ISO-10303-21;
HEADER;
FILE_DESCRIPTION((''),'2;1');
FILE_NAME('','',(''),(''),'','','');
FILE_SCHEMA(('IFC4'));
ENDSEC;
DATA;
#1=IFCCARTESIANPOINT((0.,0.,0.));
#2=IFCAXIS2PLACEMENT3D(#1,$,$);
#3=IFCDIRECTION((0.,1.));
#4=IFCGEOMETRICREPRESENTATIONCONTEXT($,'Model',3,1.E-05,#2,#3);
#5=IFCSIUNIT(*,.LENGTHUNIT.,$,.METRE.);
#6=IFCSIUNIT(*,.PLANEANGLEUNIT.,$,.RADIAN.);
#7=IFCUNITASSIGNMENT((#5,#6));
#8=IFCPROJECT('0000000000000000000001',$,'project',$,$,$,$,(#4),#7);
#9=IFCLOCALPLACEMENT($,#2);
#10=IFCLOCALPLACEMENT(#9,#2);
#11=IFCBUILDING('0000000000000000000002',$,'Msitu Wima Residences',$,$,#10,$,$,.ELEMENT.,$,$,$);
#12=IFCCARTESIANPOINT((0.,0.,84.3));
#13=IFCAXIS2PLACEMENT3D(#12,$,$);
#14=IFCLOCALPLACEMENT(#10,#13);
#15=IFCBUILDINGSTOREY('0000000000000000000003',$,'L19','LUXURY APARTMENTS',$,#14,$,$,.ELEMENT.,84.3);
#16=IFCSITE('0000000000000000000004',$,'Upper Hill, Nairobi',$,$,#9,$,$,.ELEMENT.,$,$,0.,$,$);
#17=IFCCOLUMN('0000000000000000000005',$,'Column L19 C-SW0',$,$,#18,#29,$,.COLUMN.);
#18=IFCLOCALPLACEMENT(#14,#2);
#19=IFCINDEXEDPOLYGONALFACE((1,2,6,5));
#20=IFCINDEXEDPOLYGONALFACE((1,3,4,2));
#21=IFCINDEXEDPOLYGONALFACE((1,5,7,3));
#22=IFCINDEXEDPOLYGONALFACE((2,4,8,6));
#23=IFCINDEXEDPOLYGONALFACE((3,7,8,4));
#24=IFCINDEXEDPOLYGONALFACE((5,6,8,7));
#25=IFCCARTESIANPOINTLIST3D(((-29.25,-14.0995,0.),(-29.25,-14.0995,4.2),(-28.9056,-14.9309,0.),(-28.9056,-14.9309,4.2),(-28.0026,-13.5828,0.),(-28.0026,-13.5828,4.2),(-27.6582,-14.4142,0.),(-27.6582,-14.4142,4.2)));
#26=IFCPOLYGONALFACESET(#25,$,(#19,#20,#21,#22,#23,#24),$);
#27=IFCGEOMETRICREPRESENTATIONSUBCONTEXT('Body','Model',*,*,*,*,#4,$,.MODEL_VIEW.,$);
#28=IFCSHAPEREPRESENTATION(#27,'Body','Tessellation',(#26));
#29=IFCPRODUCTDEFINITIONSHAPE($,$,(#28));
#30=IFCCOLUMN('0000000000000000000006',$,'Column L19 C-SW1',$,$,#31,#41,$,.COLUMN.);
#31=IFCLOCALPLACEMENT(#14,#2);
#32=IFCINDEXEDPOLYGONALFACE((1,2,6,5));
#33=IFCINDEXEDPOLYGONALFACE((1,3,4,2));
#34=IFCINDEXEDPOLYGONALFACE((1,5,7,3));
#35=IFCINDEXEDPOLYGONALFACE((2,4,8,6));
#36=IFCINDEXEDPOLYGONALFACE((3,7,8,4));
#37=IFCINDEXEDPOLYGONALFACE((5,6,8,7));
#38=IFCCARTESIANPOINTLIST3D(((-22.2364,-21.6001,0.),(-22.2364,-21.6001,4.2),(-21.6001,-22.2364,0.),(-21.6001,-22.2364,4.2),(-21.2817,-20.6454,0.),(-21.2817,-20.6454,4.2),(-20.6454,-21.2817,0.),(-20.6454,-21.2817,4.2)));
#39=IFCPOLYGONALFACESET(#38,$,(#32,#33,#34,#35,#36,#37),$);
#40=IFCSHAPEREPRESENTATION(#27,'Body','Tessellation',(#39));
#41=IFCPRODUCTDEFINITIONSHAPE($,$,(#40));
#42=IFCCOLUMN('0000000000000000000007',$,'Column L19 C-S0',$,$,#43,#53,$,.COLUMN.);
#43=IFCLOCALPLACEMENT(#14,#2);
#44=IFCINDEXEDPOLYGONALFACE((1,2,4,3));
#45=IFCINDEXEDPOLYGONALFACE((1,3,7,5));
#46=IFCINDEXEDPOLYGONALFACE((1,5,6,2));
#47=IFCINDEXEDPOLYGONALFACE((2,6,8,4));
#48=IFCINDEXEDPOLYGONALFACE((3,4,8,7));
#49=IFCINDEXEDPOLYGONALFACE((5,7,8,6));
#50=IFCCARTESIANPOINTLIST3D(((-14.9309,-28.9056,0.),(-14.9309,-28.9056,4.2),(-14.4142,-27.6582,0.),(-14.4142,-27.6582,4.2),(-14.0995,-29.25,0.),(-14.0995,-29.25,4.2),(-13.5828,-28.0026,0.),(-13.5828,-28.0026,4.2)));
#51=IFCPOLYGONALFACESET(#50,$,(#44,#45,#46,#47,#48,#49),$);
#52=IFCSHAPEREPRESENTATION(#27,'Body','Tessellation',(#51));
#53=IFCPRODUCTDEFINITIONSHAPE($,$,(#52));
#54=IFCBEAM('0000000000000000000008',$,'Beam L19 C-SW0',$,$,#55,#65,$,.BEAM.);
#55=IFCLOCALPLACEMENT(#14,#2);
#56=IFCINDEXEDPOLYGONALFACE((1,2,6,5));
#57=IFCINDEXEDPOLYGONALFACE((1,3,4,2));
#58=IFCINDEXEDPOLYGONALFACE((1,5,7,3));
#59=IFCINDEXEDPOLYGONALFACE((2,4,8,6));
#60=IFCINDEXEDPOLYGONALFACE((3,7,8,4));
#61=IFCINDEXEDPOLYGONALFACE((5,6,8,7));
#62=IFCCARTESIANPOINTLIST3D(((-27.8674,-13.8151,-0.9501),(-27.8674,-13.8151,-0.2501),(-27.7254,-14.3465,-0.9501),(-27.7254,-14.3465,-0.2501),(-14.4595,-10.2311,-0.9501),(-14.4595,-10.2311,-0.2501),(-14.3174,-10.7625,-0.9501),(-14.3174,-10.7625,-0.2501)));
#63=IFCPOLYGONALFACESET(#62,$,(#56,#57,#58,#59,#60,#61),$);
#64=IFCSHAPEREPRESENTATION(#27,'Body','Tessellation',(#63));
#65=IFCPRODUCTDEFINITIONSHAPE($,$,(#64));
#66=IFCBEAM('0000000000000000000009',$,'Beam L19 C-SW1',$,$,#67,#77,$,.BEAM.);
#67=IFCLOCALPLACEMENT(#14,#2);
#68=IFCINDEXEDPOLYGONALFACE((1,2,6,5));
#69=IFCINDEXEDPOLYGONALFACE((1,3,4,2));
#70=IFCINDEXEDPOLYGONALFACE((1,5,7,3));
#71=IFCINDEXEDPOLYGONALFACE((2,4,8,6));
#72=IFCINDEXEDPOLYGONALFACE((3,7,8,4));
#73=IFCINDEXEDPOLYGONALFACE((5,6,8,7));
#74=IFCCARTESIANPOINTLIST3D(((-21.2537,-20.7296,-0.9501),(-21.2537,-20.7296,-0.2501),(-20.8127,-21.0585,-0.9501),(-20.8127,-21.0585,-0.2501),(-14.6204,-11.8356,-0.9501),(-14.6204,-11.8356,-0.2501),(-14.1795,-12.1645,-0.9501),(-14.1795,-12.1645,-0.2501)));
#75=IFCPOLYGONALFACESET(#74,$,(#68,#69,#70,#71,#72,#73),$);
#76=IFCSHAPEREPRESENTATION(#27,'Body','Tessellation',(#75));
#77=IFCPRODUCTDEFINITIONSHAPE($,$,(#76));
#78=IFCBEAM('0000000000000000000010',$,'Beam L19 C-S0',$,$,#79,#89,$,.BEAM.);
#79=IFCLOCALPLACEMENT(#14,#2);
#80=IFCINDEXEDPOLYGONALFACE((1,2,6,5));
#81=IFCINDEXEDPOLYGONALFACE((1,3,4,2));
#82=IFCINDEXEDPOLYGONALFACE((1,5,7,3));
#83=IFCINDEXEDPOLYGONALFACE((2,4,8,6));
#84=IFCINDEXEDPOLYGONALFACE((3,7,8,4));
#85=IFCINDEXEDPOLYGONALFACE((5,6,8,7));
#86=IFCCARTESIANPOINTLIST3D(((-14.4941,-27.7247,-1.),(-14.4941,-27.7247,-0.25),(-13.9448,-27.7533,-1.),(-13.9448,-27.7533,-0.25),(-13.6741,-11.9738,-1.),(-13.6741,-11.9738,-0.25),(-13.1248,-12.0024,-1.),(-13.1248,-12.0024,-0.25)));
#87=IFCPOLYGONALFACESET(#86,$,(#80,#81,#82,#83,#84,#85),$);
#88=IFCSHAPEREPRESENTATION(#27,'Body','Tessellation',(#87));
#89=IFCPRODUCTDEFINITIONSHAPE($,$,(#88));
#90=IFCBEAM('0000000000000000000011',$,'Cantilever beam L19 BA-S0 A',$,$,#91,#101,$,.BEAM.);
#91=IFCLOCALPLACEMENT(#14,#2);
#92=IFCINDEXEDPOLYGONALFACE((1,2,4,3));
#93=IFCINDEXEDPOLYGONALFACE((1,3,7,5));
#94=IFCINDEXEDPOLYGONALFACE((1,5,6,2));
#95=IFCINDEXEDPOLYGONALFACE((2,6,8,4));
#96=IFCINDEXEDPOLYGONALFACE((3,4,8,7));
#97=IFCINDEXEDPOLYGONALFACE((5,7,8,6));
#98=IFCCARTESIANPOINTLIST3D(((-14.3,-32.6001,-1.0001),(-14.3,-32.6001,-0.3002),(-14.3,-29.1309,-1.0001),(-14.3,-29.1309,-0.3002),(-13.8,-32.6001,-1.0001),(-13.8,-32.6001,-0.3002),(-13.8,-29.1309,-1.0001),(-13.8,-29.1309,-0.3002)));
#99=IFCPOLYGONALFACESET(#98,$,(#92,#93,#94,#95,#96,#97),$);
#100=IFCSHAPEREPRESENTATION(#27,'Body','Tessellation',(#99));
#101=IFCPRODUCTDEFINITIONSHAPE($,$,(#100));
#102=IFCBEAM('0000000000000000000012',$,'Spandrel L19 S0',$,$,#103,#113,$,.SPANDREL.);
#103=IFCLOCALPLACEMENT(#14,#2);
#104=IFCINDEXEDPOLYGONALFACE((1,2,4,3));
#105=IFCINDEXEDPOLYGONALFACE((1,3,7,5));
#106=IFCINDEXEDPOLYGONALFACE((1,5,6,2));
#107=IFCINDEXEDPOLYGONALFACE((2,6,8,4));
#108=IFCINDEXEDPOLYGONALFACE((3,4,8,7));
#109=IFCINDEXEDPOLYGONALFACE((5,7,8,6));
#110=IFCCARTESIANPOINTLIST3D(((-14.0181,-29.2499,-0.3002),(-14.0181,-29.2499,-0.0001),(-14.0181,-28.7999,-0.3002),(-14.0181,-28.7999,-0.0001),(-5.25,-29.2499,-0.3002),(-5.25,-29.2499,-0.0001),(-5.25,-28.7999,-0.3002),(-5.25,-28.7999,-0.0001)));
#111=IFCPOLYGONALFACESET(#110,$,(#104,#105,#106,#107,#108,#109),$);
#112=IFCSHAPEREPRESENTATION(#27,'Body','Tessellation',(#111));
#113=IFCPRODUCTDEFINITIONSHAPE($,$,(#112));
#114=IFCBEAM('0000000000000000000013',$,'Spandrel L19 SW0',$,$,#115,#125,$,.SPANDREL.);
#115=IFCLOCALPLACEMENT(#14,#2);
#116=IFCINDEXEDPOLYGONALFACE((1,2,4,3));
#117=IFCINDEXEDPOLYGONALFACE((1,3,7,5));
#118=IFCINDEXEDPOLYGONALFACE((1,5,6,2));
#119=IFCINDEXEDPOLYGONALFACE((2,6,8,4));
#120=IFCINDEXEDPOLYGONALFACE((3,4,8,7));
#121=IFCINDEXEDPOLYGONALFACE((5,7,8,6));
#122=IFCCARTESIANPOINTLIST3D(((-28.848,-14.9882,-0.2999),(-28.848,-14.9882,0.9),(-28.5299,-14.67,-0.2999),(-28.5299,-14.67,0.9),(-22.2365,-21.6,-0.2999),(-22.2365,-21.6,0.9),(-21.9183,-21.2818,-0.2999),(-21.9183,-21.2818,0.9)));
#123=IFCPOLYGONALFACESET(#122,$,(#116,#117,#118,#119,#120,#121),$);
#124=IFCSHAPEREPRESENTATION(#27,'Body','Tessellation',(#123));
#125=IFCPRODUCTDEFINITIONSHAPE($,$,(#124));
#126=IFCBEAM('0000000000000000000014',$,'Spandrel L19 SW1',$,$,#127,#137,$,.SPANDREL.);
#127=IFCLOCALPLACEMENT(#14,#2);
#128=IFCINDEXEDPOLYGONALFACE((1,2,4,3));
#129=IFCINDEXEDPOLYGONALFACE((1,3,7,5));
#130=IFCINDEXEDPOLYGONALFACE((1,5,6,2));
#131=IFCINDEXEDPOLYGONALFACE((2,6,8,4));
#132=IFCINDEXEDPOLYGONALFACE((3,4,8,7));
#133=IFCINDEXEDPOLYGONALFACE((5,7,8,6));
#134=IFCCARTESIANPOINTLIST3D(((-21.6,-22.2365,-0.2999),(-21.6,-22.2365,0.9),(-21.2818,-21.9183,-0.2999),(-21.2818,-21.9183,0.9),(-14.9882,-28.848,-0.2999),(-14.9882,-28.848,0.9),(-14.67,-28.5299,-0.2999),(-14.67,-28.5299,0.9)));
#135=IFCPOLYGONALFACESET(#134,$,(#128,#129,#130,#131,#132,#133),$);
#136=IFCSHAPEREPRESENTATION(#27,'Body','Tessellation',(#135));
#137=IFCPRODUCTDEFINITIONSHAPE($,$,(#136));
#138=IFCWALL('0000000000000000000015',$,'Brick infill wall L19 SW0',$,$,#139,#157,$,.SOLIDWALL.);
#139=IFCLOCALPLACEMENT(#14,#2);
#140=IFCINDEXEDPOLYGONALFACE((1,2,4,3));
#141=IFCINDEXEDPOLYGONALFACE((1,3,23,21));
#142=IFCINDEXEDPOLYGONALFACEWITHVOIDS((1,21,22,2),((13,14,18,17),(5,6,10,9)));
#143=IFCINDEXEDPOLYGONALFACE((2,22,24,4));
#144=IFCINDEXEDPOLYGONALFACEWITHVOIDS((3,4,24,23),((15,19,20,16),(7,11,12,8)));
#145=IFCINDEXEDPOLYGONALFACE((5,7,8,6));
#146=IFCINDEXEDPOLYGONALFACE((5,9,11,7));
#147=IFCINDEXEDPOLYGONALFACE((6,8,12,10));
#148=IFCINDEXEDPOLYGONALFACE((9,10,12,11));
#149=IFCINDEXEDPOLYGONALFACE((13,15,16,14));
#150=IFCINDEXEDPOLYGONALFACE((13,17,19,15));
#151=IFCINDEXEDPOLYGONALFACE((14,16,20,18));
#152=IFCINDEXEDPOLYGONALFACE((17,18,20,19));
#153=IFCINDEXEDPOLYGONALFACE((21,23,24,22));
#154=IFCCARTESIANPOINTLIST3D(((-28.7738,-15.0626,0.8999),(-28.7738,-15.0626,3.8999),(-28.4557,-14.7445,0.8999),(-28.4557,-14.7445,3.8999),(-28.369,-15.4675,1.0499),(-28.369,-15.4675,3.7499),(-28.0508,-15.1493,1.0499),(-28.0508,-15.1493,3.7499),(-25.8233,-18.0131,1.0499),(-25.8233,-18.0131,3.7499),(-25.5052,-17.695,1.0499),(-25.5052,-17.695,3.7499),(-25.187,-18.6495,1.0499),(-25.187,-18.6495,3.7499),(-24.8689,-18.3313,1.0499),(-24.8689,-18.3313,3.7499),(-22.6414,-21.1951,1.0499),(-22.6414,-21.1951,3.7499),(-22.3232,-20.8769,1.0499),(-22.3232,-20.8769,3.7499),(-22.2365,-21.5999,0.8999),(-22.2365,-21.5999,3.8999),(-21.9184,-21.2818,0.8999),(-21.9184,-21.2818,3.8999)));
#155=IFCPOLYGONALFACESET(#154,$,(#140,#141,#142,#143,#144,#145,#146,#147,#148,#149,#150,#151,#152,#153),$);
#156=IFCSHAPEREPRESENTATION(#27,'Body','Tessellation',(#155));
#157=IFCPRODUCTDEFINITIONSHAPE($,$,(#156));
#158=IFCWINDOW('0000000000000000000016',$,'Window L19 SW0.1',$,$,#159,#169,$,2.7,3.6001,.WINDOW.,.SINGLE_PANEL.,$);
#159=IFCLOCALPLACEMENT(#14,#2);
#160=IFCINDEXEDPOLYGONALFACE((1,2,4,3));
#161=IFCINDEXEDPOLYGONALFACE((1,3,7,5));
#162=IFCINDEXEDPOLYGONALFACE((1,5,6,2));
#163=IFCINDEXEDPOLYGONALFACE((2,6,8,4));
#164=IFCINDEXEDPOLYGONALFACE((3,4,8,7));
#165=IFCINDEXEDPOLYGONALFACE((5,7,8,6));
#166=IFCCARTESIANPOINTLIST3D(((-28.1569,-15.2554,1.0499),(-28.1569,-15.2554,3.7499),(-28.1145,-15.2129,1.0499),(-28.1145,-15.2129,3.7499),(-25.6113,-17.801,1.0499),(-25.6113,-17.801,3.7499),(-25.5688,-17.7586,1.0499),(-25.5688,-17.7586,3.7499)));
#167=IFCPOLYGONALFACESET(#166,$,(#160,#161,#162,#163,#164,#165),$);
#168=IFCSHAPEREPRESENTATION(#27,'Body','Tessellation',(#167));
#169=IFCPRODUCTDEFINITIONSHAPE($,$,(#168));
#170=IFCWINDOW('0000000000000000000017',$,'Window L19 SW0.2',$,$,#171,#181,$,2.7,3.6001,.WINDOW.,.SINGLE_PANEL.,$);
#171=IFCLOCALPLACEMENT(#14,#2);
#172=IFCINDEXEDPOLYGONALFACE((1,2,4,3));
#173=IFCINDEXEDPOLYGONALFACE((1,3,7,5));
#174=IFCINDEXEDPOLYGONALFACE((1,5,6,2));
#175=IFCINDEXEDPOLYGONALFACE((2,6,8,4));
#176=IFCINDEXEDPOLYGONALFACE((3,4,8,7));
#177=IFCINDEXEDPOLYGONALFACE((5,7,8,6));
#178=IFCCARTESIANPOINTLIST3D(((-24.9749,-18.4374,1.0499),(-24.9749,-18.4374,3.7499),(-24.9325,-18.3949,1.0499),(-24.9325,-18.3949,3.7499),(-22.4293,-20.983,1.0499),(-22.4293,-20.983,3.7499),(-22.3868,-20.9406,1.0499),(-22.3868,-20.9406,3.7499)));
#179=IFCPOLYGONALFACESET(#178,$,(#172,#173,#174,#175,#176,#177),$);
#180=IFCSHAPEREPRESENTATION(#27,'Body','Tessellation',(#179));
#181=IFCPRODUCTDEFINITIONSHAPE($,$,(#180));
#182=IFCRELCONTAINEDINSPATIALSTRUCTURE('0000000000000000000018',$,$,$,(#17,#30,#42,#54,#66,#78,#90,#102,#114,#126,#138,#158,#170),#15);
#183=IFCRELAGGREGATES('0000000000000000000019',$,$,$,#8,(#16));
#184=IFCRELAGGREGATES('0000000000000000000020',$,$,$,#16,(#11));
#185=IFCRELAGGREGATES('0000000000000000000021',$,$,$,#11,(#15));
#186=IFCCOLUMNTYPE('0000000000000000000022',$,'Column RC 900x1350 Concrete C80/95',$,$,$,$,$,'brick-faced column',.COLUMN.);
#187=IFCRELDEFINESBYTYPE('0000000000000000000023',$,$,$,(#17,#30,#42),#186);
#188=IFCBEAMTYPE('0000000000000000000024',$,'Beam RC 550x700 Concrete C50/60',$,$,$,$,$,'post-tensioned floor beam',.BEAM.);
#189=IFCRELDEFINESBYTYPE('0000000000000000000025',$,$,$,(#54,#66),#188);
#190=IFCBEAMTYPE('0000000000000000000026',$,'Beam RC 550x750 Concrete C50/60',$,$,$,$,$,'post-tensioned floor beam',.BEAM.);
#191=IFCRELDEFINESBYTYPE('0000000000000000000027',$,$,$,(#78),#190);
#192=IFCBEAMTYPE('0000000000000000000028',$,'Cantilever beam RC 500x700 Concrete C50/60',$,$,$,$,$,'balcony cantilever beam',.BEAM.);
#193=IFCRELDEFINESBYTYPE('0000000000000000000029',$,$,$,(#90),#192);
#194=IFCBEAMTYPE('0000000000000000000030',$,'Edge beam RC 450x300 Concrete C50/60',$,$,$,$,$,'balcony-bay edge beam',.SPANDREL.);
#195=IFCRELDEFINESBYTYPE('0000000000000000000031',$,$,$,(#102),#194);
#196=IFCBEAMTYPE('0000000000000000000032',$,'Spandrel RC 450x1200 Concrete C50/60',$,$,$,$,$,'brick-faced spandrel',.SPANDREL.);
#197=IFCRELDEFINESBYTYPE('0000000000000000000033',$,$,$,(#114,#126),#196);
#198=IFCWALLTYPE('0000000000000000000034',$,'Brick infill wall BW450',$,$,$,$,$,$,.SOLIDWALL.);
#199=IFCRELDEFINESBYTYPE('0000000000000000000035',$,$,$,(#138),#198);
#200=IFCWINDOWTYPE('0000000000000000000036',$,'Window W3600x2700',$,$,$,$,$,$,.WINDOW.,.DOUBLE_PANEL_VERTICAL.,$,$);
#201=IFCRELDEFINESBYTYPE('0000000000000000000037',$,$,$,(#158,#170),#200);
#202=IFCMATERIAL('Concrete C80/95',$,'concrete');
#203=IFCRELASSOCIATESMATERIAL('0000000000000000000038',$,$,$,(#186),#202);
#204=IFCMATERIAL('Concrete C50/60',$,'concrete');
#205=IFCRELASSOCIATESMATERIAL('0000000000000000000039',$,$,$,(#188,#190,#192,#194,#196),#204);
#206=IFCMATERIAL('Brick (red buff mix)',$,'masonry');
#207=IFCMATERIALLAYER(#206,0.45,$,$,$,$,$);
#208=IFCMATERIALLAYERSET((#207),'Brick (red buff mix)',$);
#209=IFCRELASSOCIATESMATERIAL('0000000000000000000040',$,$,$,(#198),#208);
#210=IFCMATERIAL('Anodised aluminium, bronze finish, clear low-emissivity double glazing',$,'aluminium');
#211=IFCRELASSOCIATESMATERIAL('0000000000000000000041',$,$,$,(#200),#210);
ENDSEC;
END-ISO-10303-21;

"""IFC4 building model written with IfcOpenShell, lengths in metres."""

from ifc_helpers import new_model, si_unit, direction, frame, frame_2d, origin, origin_2d, place, context, subcontext, project, spatial, rectangle, extrude, material, layer, layer_set, material_profile, profile_set, type_object, element, fill, save


model = new_model("IFC4")

# Units and contexts
model_context = context("Model", 3, precision=1e-05, world=origin(), true_north=direction((0.0, 1.0)))
body_context = subcontext(model_context, "Body", "Model", "MODEL_VIEW")
ifc_project = project(units=[si_unit("LENGTHUNIT", "METRE"), si_unit("PLANEANGLEUNIT", "RADIAN")], contexts=[model_context])

# Site, building, storey
site_placement = place(None, origin())
site = spatial("IfcSite", under=ifc_project, at=site_placement, Name="Upper Hill, Nairobi", CompositionType="ELEMENT", RefElevation=0.0)
building_placement = place(site_placement, origin())
building = spatial("IfcBuilding", under=site, at=building_placement, Name="Msitu Wima Residences", CompositionType="ELEMENT")
storey_placement = place(building_placement, frame((0.0, 0.0, 84.3)))
storey = spatial("IfcBuildingStorey", under=building, at=storey_placement, Name="L19", Description="LUXURY APARTMENTS", CompositionType="ELEMENT", Elevation=84.3)

# Columns
ifc_material_1 = material(Name="Concrete C80/95", Category="concrete")
ifc_material_profile_1 = material_profile(ifc_material_1, rectangle(XDim=0.8999, YDim=1.3501, at=origin_2d()), Name="RC 900x1350")
ifc_profile_set_1 = profile_set([ifc_material_profile_1], Name="Concrete C80/95")
column_type = type_object("IfcColumnType", Name="Column RC 900x1350 Concrete C80/95", ElementType="brick-faced column", PredefinedType="COLUMN", material=ifc_profile_set_1)
for number, where, z_axis, x_axis, name in (
    (1, (-28.4541, -14.2568, 0.0), (0.0, 0.0, 1.0), (0.382683, -0.92388, 0.0), "Column L19 C-SW0"),
    (2, (-21.4409, -21.4409, 0.0), (0.0, 0.0, 1.0), (0.707107, -0.707107, 0.0), "Column L19 C-SW1"),
    (3, (-14.2568, -28.4541, 0.0), (0.0, 0.0, 1.0), (0.92388, -0.382683, 0.0), "Column L19 C-S0"),
):
    element("IfcColumn", number, at=place(storey_placement, frame(where, z_axis=z_axis, x_axis=x_axis)), inside=storey, type_object=column_type, Name=name, PredefinedType="COLUMN", context=body_context, shape_type="SweptSolid", body=[
        extrude(rectangle(XDim=0.8999, YDim=1.3501, at=origin_2d()), origin(), (0.0, 0.0, 1.0), 4.2),
    ])

# Beams
ifc_material_2 = material(Name="Concrete C50/60", Category="concrete")
ifc_material_profile_2 = material_profile(ifc_material_2, rectangle(XDim=0.55, YDim=0.7, at=origin_2d()), Name="RC 550x700")
ifc_profile_set_2 = profile_set([ifc_material_profile_2], Name="Concrete C50/60")
beam_type_1 = type_object("IfcBeamType", Name="Beam RC 550x700 Concrete C50/60", ElementType="post-tensioned floor beam", PredefinedType="BEAM", material=ifc_profile_set_2)
beam_1_placement = place(storey_placement, frame((-27.7964, -14.0808, -0.6001), z_axis=(0.966082, 0.258236, 0.0), x_axis=(-0.258236, 0.966082, 0.0)))
element("IfcBeam", 4, at=beam_1_placement, inside=storey, type_object=beam_type_1, Name="Beam L19 C-SW0", PredefinedType="BEAM", context=body_context, shape_type="SweptSolid", body=[
    extrude(rectangle(XDim=0.55, YDim=0.7, at=origin_2d()), origin(), (0.0, 0.0, 1.0), 13.8787),
])
beam_2_placement = place(storey_placement, frame((-21.0332, -20.894, -0.6001), z_axis=(0.59785, 0.801608, 0.0), x_axis=(-0.801608, 0.59785, 0.0)))
element("IfcBeam", 5, at=beam_2_placement, inside=storey, type_object=beam_type_1, Name="Beam L19 C-SW1", PredefinedType="BEAM", context=body_context, shape_type="SweptSolid", body=[
    extrude(rectangle(XDim=0.55, YDim=0.7, at=origin_2d()), origin(), (0.0, 0.0, 1.0), 11.0952),
])
ifc_material_profile_3 = material_profile(ifc_material_2, rectangle(XDim=0.55, YDim=0.75, at=origin_2d()), Name="RC 550x750")
ifc_profile_set_3 = profile_set([ifc_material_profile_3], Name="Concrete C50/60")
beam_type_2 = type_object("IfcBeamType", Name="Beam RC 550x750 Concrete C50/60", ElementType="post-tensioned floor beam", PredefinedType="BEAM", material=ifc_profile_set_3)
beam_3_placement = place(storey_placement, frame((-14.2195, -27.739, -0.625), z_axis=(0.051994, 0.998647, 0.0), x_axis=(-0.998647, 0.051994, 0.0)))
element("IfcBeam", 6, at=beam_3_placement, inside=storey, type_object=beam_type_2, Name="Beam L19 C-S0", PredefinedType="BEAM", context=body_context, shape_type="SweptSolid", body=[
    extrude(rectangle(XDim=0.55, YDim=0.75, at=origin_2d()), origin(), (0.0, 0.0, 1.0), 15.7722),
])
ifc_material_profile_4 = material_profile(ifc_material_2, rectangle(XDim=0.5, YDim=0.7, at=origin_2d()), Name="RC 500x700")
ifc_profile_set_4 = profile_set([ifc_material_profile_4], Name="Concrete C50/60")
beam_type_3 = type_object("IfcBeamType", Name="Cantilever beam RC 500x700 Concrete C50/60", ElementType="balcony cantilever beam", PredefinedType="BEAM", material=ifc_profile_set_4)
beam_4_placement = place(storey_placement, frame((-14.05, -29.1309, -0.6501), z_axis=(0.0, -1.0, 0.0), x_axis=(1.0, 0.0, 0.0)))
element("IfcBeam", 7, at=beam_4_placement, inside=storey, type_object=beam_type_3, Name="Cantilever beam L19 BA-S0 A", PredefinedType="BEAM", context=body_context, shape_type="SweptSolid", body=[
    extrude(rectangle(XDim=0.5, YDim=0.7, at=origin_2d()), origin(), (0.0, 0.0, 1.0), 3.4692),
])
ifc_material_profile_5 = material_profile(ifc_material_2, rectangle(XDim=0.45, YDim=0.3, at=origin_2d()), Name="RC 450x300")
ifc_profile_set_5 = profile_set([ifc_material_profile_5], Name="Concrete C50/60")
beam_type_4 = type_object("IfcBeamType", Name="Edge beam RC 450x300 Concrete C50/60", ElementType="balcony-bay edge beam", PredefinedType="SPANDREL", material=ifc_profile_set_5)
beam_5_placement = place(storey_placement, frame((-14.0181, -29.0249, -0.1501), z_axis=(1.0, 0.0, 0.0), x_axis=(0.0, 1.0, 0.0)))
element("IfcBeam", 8, at=beam_5_placement, inside=storey, type_object=beam_type_4, Name="Spandrel L19 S0", PredefinedType="SPANDREL", context=body_context, shape_type="SweptSolid", body=[
    extrude(rectangle(XDim=0.45, YDim=0.3, at=origin_2d()), origin(), (0.0, 0.0, 1.0), 8.7681),
])
ifc_material_profile_6 = material_profile(ifc_material_2, rectangle(XDim=0.45, YDim=1.2, at=origin_2d()), Name="RC 450x1200")
ifc_profile_set_6 = profile_set([ifc_material_profile_6], Name="Concrete C50/60")
beam_type_5 = type_object("IfcBeamType", Name="Spandrel RC 450x1200 Concrete C50/60", ElementType="brick-faced spandrel", PredefinedType="SPANDREL", material=ifc_profile_set_6)
for number, where, z_axis, x_axis, name in (
    (9, (-28.689, -14.8291, 0.3), (0.707094, -0.70712, 0.0), (0.70712, 0.707094, 0.0), "Spandrel L19 SW0"),
    (10, (-21.4409, -22.0774, 0.3), (0.70712, -0.707094, 0.0), (0.707094, 0.70712, 0.0), "Spandrel L19 SW1"),
):
    element("IfcBeam", number, at=place(storey_placement, frame(where, z_axis=z_axis, x_axis=x_axis)), inside=storey, type_object=beam_type_5, Name=name, PredefinedType="SPANDREL", context=body_context, shape_type="SweptSolid", body=[
        extrude(rectangle(XDim=0.45, YDim=1.2, at=origin_2d()), origin(), (0.0, 0.0, 1.0), 9.3503),
    ])

# Wall, openings, windows
ifc_material_3 = material(Name="Brick (red buff mix)", Category="masonry")
ifc_layer_1 = layer(ifc_material_3, 0.45)
ifc_layer_set_1 = layer_set([ifc_layer_1], Name="Brick (red buff mix)")
wall_type_1 = type_object("IfcWallType", Name="Brick infill wall BW450", PredefinedType="SOLIDWALL", material=ifc_layer_set_1)
wall_1_placement = place(storey_placement, frame((-28.6147, -14.9036, 0.8999), z_axis=(0.0, 0.0, 1.0), x_axis=(0.707107, -0.707107, 0.0)))
wall_1 = element("IfcWall", 11, at=wall_1_placement, inside=storey, type_object=wall_type_1, Name="Brick infill wall L19 SW0", PredefinedType="SOLIDWALL", context=body_context, shape_type="SweptSolid", body=[
    extrude(rectangle(XDim=9.2451, YDim=0.45, at=frame_2d((4.6226, 0.0))), origin(), (0.0, 0.0, 1.0), 3.0),
])
opening_1_placement = place(wall_1_placement, frame((0.5725, 0.0, 0.1499)))
opening_1 = element("IfcOpeningElement", 12, at=opening_1_placement, cuts=wall_1, PredefinedType="OPENING", context=body_context, shape_type="SweptSolid", body=[
    extrude(rectangle(XDim=3.6001, YDim=2.7, at=frame_2d((1.8, 1.3501))), frame((0.0, 0.2349, 0.0), z_axis=(0.0, -1.0, 0.0), x_axis=(1.0, 0.0, 0.0)), (0.0, 0.0, 1.0), 0.47),
])
opening_2_placement = place(wall_1_placement, frame((5.0725, 0.0, 0.1499)))
opening_2 = element("IfcOpeningElement", 13, at=opening_2_placement, cuts=wall_1, PredefinedType="OPENING", context=body_context, shape_type="SweptSolid", body=[
    extrude(rectangle(XDim=3.6001, YDim=2.7, at=frame_2d((1.8, 1.3501))), frame((0.0, 0.2349, 0.0), z_axis=(0.0, -1.0, 0.0), x_axis=(1.0, 0.0, 0.0)), (0.0, 0.0, 1.0), 0.47),
])
ifc_material_4 = material(Name="Anodised aluminium, bronze finish, clear low-emissivity double glazing", Category="aluminium")
window_type = type_object("IfcWindowType", Name="Window W3600x2700", PartitioningType="DOUBLE_PANEL_VERTICAL", PredefinedType="WINDOW", material=ifc_material_4)
window_1_placement = place(opening_1_placement, origin())
window_1 = element("IfcWindow", 14, at=window_1_placement, inside=storey, type_object=window_type, Name="Window L19 SW0.1", OverallHeight=2.7, OverallWidth=3.6001, PartitioningType="SINGLE_PANEL", PredefinedType="WINDOW", context=body_context, shape_type="SweptSolid", body=[
    extrude(rectangle(XDim=3.6001, YDim=2.7, at=frame_2d((1.8, 1.3501))), frame((0.0, 0.135, 0.0), z_axis=(0.0, -1.0, 0.0), x_axis=(1.0, 0.0, 0.0)), (0.0, 0.0, 1.0), 0.0601),
])
fill(opening_1, window_1)
window_2_placement = place(opening_2_placement, origin())
window_2 = element("IfcWindow", 15, at=window_2_placement, inside=storey, type_object=window_type, Name="Window L19 SW0.2", OverallHeight=2.7, OverallWidth=3.6001, PartitioningType="SINGLE_PANEL", PredefinedType="WINDOW", context=body_context, shape_type="SweptSolid", body=[
    extrude(rectangle(XDim=3.6001, YDim=2.7, at=frame_2d((1.8, 1.3501))), frame((0.0, 0.135, 0.0), z_axis=(0.0, -1.0, 0.0), x_axis=(1.0, 0.0, 0.0)), (0.0, 0.0, 1.0), 0.0601),
])
fill(opening_2, window_2)

save(model, "model.ifc")
